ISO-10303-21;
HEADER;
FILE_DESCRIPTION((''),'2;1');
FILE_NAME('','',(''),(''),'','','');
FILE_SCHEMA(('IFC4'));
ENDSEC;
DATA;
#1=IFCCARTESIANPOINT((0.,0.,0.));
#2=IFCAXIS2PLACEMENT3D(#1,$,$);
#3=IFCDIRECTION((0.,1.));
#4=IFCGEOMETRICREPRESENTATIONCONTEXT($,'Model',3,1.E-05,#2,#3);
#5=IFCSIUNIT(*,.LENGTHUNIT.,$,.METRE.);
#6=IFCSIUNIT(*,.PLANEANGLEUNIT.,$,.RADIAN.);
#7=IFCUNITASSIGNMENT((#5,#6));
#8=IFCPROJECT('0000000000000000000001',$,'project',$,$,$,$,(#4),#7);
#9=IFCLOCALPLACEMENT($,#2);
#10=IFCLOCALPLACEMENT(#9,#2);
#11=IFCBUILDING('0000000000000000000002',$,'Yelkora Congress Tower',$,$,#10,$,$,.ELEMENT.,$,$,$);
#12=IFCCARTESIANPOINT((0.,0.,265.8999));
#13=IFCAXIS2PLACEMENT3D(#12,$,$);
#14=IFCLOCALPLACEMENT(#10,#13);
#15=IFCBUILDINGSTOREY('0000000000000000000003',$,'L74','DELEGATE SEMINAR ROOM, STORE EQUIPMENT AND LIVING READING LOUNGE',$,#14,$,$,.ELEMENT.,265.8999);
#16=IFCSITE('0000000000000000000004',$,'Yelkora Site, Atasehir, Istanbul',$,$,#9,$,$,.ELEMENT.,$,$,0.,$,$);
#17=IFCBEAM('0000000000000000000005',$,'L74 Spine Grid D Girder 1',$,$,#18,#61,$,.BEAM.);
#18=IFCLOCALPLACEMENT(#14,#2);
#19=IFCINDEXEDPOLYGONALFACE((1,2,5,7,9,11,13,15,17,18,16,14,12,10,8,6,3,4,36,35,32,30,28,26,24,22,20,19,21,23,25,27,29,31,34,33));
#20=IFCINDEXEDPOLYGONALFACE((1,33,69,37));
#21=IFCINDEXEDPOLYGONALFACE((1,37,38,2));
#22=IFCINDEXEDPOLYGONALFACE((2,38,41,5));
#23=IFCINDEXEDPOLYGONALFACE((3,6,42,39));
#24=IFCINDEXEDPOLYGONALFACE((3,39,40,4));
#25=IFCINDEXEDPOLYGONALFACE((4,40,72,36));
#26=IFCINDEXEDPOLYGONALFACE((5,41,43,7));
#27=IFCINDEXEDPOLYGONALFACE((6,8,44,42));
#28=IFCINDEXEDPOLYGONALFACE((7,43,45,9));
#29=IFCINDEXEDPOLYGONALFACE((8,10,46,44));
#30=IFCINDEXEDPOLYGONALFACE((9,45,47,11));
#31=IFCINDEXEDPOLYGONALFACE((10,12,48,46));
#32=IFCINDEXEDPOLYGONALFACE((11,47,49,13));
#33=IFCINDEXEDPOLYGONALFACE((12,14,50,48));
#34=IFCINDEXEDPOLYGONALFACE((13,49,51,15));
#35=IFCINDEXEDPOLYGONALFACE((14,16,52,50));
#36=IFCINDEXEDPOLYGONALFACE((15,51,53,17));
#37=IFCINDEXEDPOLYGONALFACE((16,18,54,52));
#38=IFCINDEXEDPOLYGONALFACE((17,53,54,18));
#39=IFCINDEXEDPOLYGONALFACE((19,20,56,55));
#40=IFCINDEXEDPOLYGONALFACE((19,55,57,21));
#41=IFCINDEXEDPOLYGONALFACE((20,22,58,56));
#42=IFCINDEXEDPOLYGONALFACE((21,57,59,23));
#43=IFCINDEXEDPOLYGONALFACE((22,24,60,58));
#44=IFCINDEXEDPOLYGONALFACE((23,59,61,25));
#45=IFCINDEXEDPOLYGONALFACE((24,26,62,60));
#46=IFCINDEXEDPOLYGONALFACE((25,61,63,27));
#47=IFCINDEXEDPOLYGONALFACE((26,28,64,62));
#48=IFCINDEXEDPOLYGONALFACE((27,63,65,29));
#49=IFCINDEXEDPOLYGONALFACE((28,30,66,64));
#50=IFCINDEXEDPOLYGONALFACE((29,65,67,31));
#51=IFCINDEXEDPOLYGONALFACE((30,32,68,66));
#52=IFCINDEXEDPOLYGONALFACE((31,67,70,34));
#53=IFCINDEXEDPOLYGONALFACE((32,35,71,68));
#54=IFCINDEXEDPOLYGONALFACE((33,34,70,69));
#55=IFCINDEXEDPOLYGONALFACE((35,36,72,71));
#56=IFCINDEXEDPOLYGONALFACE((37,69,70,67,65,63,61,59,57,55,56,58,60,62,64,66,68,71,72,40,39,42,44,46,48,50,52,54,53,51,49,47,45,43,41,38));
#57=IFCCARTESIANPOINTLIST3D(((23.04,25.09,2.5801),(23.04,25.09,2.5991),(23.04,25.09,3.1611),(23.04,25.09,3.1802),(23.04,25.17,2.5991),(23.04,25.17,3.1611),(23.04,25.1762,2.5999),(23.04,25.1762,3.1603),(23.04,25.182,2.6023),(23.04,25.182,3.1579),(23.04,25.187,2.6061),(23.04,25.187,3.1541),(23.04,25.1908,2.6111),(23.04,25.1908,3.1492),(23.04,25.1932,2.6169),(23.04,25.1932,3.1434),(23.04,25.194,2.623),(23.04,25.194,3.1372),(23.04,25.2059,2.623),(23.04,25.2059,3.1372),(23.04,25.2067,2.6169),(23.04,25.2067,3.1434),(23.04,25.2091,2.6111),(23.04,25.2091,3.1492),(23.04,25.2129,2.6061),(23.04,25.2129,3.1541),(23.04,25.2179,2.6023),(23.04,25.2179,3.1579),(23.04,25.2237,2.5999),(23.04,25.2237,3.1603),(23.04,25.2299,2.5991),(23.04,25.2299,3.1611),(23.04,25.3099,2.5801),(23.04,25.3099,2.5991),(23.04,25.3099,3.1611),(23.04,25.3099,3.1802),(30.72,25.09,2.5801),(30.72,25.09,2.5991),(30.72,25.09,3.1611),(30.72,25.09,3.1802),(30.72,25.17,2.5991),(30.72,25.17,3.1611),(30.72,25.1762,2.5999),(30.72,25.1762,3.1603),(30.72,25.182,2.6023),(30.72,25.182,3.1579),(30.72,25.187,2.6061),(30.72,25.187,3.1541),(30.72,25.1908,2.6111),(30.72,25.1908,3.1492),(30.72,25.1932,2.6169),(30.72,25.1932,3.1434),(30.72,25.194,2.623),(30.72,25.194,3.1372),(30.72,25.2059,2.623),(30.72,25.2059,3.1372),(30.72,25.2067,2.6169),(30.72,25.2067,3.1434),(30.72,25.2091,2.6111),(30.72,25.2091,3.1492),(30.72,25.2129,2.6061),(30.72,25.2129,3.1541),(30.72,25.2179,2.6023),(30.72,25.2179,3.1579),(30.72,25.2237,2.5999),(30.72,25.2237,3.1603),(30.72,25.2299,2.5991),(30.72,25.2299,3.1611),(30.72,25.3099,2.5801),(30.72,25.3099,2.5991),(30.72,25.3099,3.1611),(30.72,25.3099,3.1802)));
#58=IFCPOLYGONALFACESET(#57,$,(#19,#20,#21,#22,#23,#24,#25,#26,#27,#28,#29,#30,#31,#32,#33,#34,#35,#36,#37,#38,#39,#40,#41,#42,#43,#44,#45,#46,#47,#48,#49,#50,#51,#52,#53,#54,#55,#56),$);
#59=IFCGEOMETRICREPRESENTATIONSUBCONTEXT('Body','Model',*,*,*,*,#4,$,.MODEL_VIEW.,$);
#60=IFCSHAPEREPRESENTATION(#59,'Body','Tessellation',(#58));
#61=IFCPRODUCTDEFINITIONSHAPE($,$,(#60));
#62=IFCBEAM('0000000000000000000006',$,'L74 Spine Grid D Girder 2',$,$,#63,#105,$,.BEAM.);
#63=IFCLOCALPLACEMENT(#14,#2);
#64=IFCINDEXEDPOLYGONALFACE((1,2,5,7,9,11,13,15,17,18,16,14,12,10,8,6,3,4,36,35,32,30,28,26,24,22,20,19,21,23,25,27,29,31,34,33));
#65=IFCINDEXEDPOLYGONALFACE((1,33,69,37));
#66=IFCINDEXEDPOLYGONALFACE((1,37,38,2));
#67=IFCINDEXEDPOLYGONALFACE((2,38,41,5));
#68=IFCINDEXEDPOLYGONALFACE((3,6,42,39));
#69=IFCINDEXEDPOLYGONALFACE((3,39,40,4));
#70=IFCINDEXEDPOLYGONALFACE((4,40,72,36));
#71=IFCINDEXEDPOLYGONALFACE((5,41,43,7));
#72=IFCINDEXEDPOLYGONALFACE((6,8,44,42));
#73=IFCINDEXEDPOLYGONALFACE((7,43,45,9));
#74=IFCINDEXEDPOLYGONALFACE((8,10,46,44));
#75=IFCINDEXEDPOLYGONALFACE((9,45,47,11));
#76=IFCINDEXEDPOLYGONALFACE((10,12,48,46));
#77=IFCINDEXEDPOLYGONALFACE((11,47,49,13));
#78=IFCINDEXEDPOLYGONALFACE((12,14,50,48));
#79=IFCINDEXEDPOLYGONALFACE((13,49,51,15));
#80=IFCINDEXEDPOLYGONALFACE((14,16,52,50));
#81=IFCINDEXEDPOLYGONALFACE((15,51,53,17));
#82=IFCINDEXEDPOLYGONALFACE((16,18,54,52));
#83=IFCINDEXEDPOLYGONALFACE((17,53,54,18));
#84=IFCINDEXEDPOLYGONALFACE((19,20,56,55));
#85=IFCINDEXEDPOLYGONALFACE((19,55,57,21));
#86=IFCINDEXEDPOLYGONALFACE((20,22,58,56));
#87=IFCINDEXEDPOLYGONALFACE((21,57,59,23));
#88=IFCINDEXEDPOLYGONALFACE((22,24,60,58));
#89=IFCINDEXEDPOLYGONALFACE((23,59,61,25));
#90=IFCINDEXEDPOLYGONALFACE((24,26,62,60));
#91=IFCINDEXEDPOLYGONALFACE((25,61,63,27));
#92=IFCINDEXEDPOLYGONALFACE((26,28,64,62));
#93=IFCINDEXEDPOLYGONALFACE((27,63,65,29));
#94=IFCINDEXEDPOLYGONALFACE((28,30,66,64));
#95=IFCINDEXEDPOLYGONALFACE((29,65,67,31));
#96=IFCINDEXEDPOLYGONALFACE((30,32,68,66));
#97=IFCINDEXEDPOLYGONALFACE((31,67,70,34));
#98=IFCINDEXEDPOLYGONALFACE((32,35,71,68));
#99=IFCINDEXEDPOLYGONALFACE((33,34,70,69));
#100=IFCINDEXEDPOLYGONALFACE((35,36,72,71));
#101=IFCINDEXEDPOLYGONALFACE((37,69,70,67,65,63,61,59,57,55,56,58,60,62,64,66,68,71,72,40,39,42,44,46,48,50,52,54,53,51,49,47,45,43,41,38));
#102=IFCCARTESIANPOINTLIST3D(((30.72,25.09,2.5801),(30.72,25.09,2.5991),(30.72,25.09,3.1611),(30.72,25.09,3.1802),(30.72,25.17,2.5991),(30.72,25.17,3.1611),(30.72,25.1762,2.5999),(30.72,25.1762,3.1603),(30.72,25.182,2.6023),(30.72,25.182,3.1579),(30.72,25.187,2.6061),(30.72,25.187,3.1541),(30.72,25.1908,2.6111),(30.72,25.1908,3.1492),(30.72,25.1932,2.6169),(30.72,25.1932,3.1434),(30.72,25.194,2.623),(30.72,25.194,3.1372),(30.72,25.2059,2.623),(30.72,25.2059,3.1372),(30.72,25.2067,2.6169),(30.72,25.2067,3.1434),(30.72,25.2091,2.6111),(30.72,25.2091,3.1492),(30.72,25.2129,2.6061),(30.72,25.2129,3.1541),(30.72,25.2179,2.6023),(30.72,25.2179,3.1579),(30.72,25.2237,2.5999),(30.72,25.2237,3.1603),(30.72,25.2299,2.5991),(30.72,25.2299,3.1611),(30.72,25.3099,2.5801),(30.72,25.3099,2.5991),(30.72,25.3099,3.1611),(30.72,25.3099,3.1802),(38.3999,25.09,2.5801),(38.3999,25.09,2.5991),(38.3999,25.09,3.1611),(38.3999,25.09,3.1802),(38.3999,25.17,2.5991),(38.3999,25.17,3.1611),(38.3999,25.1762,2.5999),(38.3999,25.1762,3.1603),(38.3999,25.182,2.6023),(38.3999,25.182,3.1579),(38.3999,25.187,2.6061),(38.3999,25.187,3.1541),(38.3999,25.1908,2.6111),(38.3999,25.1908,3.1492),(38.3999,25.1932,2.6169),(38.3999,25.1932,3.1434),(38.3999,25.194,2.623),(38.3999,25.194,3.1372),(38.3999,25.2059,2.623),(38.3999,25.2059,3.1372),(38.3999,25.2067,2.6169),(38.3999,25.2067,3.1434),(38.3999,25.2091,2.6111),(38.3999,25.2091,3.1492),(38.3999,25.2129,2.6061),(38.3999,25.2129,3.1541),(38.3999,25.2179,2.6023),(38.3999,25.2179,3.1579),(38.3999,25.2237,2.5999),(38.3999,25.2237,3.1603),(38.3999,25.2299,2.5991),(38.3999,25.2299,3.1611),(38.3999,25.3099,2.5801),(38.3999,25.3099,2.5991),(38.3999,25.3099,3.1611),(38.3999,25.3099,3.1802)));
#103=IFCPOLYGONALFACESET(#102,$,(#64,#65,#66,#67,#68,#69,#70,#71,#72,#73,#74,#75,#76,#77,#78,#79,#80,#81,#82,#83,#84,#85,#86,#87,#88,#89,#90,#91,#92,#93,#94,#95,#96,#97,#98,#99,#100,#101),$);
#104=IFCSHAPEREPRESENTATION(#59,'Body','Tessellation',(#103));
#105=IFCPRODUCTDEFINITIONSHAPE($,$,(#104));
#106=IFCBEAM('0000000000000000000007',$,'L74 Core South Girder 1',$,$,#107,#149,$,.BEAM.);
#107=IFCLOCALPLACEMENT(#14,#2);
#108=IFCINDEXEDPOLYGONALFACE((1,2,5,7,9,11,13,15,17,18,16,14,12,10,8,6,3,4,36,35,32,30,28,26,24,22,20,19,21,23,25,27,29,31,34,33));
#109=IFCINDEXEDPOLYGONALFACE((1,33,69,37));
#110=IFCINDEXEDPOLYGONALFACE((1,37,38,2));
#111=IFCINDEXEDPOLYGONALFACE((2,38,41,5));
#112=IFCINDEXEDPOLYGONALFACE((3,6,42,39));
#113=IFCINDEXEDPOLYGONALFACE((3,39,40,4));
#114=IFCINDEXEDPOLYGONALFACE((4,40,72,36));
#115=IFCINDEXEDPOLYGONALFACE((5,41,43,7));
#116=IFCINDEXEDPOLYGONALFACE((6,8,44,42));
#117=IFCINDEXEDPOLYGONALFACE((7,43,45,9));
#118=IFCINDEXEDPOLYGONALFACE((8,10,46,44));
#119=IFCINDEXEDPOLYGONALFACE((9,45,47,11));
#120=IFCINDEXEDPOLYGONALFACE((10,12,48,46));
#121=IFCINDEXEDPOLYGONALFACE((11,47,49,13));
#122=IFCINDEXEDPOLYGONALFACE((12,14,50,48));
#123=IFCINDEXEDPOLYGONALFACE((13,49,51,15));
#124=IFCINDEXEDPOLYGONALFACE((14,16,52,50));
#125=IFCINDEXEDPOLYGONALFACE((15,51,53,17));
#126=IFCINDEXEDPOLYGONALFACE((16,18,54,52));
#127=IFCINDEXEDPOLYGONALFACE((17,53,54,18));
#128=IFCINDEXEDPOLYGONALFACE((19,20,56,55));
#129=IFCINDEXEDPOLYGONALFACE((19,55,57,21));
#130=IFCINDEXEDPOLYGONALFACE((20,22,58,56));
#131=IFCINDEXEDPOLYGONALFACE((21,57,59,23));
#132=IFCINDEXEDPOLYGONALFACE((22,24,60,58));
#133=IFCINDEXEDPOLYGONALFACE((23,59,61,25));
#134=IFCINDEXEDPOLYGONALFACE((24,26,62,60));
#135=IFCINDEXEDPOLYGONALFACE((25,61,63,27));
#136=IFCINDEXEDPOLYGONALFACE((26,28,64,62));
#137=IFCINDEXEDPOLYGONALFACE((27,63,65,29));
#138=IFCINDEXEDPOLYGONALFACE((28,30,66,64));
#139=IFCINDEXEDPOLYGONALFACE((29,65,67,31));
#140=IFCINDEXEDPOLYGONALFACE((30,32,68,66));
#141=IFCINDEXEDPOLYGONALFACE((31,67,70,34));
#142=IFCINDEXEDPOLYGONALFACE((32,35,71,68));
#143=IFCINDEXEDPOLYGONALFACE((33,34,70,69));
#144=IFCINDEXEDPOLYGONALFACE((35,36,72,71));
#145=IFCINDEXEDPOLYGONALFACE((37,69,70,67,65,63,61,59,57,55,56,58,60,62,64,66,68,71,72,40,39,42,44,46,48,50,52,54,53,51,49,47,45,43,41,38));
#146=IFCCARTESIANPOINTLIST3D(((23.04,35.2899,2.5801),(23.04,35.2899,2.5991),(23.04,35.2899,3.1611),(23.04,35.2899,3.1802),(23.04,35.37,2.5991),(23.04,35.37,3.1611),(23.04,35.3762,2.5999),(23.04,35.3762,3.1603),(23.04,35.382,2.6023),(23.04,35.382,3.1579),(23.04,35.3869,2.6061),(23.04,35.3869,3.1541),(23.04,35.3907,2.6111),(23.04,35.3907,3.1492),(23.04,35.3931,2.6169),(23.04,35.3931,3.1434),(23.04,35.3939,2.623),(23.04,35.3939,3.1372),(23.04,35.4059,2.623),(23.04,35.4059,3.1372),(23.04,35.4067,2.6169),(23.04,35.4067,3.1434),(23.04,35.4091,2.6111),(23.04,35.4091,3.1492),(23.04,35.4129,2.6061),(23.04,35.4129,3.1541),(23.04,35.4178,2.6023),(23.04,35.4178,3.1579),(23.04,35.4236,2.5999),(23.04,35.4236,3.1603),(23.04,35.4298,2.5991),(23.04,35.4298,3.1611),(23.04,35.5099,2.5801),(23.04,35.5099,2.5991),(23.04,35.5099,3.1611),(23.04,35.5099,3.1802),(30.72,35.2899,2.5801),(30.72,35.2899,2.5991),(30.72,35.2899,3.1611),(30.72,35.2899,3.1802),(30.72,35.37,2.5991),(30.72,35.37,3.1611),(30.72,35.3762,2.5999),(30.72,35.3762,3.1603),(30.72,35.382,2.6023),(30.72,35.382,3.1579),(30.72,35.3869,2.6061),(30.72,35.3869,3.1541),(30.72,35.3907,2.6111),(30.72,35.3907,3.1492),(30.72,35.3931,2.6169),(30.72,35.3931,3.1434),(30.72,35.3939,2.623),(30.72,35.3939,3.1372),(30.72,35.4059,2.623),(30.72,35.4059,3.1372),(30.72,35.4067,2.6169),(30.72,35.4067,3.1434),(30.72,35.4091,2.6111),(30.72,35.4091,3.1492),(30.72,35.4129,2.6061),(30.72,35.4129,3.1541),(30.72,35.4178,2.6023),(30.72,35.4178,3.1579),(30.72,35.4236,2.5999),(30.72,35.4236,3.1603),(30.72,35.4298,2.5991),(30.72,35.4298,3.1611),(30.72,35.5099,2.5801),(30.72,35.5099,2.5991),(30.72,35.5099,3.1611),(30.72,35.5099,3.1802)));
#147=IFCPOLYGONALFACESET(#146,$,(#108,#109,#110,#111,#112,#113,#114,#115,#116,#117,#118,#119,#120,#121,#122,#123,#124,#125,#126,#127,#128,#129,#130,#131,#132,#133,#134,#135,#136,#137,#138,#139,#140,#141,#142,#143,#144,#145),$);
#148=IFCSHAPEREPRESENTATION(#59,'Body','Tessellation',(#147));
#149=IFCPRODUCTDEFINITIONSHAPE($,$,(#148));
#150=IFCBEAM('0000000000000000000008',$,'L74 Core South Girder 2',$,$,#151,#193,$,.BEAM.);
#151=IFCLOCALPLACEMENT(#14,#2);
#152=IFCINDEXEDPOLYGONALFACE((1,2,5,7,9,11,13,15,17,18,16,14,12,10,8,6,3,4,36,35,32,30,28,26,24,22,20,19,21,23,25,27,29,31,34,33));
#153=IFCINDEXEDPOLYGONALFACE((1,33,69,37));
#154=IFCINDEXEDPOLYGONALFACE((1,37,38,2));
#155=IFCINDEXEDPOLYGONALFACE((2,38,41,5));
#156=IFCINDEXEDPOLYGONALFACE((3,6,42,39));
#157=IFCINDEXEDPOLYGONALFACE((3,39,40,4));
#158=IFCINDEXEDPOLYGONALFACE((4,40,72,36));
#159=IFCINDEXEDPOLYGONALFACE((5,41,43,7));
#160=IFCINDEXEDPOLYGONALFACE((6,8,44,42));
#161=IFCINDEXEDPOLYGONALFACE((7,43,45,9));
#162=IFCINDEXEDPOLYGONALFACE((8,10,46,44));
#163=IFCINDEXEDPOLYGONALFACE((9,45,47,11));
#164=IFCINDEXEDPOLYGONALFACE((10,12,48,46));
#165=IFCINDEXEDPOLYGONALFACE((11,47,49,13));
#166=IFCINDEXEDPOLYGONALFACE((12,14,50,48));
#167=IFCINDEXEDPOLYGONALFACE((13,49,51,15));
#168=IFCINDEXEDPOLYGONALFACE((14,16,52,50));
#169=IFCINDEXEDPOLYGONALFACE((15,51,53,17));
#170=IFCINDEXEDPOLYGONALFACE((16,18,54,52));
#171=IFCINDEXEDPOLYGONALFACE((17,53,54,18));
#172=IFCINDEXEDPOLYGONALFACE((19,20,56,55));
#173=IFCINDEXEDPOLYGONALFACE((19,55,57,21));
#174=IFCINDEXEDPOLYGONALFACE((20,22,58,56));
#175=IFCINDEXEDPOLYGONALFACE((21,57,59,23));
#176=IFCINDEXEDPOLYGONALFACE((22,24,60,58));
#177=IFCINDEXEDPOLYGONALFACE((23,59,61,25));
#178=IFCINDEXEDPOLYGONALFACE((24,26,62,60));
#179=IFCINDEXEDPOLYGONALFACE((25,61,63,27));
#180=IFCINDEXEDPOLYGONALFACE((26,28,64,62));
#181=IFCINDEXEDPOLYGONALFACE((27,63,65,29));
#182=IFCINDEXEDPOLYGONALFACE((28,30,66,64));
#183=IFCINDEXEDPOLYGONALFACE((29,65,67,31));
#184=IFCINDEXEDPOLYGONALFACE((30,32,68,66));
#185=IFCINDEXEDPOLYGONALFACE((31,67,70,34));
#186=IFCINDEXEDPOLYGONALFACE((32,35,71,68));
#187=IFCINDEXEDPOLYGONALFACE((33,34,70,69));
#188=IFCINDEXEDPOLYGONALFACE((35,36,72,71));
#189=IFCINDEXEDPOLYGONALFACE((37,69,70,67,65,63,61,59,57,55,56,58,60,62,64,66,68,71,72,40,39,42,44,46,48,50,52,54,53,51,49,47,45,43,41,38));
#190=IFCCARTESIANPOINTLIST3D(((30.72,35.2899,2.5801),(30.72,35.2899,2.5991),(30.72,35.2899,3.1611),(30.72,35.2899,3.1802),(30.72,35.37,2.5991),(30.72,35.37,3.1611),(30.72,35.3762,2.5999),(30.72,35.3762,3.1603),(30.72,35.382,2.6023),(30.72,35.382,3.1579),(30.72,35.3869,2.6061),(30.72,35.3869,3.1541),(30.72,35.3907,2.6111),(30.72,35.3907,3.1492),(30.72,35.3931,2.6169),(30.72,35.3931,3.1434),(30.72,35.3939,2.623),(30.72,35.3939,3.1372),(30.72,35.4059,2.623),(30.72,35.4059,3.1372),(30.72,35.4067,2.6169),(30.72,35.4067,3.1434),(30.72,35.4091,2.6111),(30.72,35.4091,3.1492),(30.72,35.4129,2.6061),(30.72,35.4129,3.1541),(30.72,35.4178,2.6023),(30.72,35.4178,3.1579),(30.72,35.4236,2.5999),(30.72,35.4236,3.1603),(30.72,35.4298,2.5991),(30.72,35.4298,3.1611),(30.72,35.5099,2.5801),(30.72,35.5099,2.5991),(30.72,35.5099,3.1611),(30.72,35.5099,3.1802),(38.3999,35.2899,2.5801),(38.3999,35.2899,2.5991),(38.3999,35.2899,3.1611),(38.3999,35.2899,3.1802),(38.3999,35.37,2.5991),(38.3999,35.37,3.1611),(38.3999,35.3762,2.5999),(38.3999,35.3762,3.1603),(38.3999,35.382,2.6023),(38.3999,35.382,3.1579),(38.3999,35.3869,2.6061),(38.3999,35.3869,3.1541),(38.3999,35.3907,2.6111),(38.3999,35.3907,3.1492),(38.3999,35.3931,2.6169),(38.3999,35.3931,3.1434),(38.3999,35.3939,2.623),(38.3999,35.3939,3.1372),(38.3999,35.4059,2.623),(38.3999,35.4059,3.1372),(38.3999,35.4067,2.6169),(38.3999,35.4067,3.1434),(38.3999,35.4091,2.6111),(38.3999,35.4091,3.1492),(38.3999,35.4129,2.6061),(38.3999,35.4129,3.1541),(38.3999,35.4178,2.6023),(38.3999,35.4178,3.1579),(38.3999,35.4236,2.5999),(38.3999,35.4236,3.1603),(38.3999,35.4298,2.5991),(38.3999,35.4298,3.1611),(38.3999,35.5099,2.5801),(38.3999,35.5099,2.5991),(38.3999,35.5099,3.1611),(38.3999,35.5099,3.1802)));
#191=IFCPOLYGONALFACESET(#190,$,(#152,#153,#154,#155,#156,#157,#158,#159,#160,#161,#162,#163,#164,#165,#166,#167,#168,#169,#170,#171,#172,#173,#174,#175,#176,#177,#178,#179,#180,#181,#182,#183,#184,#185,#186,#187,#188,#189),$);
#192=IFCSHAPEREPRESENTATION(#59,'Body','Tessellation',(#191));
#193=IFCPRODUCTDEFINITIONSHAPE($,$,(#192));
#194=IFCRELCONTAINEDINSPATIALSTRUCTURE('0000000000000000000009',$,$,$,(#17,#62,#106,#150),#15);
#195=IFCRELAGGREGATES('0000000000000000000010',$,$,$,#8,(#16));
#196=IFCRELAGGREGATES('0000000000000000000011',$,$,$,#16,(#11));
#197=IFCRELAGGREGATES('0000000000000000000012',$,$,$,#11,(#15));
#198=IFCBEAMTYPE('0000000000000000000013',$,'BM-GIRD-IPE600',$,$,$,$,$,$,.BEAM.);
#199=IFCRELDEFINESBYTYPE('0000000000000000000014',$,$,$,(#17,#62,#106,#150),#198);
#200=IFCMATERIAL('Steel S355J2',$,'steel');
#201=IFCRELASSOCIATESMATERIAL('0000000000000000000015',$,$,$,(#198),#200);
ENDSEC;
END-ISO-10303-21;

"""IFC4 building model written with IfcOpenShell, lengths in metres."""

from ifc_helpers import new_model, si_unit, direction, frame, origin, origin_2d, place, context, subcontext, project, spatial, i_section, extrude, material, material_profile, profile_set, type_object, element, save


model = new_model("IFC4")

# Units and contexts
model_context = context("Model", 3, precision=1e-05, world=origin(), true_north=direction((0.0, 1.0)))
body_context = subcontext(model_context, "Body", "Model", "MODEL_VIEW")
ifc_project = project(units=[si_unit("LENGTHUNIT", "METRE"), si_unit("PLANEANGLEUNIT", "RADIAN")], contexts=[model_context])

# Site, building, storey
site_placement = place(None, origin())
site = spatial("IfcSite", under=ifc_project, at=site_placement, Name="Yelkora Site, Atasehir, Istanbul", CompositionType="ELEMENT", RefElevation=0.0)
building_placement = place(site_placement, origin())
building = spatial("IfcBuilding", under=site, at=building_placement, Name="Yelkora Congress Tower", CompositionType="ELEMENT")
storey_placement = place(building_placement, frame((0.0, 0.0, 265.8999)))
storey = spatial("IfcBuildingStorey", under=building, at=storey_placement, Name="L74", Description="DELEGATE SEMINAR ROOM, STORE EQUIPMENT AND LIVING READING LOUNGE", CompositionType="ELEMENT", Elevation=265.8999)

# Beams
ifc_material_1 = material(Name="Steel S355J2", Category="steel")
ifc_material_profile_1 = material_profile(ifc_material_1, i_section(OverallWidth=0.22, OverallDepth=0.6001, WebThickness=0.012, FlangeThickness=0.019, FilletRadius=0.0239, at=origin_2d()), Name="IPE 600")
ifc_profile_set_1 = profile_set([ifc_material_profile_1], Name="Steel S355J2")
beam_type_1 = type_object("IfcBeamType", Name="BM-GIRD-IPE600", PredefinedType="BEAM", material=ifc_profile_set_1)
for number, where, z_axis, x_axis, name in (
    (1, (23.04, 25.2, 2.8801), (1.0, 0.0, 0.0), (0.0, 1.0, 0.0), "L74 Spine Grid D Girder 1"),
    (2, (30.72, 25.2, 2.8801), (1.0, 0.0, 0.0), (0.0, 1.0, 0.0), "L74 Spine Grid D Girder 2"),
    (3, (23.04, 35.3999, 2.8801), (1.0, 0.0, 0.0), (0.0, 1.0, 0.0), "L74 Core South Girder 1"),
    (4, (30.72, 35.3999, 2.8801), (1.0, 0.0, 0.0), (0.0, 1.0, 0.0), "L74 Core South Girder 2"),
):
    element("IfcBeam", number, at=place(storey_placement, frame(where, z_axis=z_axis, x_axis=x_axis)), inside=storey, type_object=beam_type_1, Name=name, PredefinedType="BEAM", context=body_context, shape_type="SweptSolid", body=[
        extrude(i_section(OverallWidth=0.22, OverallDepth=0.6001, WebThickness=0.012, FlangeThickness=0.019, FilletRadius=0.0239, at=origin_2d()), origin(), (0.0, 0.0, 1.0), 7.6799),
    ])

save(model, "model.ifc")
